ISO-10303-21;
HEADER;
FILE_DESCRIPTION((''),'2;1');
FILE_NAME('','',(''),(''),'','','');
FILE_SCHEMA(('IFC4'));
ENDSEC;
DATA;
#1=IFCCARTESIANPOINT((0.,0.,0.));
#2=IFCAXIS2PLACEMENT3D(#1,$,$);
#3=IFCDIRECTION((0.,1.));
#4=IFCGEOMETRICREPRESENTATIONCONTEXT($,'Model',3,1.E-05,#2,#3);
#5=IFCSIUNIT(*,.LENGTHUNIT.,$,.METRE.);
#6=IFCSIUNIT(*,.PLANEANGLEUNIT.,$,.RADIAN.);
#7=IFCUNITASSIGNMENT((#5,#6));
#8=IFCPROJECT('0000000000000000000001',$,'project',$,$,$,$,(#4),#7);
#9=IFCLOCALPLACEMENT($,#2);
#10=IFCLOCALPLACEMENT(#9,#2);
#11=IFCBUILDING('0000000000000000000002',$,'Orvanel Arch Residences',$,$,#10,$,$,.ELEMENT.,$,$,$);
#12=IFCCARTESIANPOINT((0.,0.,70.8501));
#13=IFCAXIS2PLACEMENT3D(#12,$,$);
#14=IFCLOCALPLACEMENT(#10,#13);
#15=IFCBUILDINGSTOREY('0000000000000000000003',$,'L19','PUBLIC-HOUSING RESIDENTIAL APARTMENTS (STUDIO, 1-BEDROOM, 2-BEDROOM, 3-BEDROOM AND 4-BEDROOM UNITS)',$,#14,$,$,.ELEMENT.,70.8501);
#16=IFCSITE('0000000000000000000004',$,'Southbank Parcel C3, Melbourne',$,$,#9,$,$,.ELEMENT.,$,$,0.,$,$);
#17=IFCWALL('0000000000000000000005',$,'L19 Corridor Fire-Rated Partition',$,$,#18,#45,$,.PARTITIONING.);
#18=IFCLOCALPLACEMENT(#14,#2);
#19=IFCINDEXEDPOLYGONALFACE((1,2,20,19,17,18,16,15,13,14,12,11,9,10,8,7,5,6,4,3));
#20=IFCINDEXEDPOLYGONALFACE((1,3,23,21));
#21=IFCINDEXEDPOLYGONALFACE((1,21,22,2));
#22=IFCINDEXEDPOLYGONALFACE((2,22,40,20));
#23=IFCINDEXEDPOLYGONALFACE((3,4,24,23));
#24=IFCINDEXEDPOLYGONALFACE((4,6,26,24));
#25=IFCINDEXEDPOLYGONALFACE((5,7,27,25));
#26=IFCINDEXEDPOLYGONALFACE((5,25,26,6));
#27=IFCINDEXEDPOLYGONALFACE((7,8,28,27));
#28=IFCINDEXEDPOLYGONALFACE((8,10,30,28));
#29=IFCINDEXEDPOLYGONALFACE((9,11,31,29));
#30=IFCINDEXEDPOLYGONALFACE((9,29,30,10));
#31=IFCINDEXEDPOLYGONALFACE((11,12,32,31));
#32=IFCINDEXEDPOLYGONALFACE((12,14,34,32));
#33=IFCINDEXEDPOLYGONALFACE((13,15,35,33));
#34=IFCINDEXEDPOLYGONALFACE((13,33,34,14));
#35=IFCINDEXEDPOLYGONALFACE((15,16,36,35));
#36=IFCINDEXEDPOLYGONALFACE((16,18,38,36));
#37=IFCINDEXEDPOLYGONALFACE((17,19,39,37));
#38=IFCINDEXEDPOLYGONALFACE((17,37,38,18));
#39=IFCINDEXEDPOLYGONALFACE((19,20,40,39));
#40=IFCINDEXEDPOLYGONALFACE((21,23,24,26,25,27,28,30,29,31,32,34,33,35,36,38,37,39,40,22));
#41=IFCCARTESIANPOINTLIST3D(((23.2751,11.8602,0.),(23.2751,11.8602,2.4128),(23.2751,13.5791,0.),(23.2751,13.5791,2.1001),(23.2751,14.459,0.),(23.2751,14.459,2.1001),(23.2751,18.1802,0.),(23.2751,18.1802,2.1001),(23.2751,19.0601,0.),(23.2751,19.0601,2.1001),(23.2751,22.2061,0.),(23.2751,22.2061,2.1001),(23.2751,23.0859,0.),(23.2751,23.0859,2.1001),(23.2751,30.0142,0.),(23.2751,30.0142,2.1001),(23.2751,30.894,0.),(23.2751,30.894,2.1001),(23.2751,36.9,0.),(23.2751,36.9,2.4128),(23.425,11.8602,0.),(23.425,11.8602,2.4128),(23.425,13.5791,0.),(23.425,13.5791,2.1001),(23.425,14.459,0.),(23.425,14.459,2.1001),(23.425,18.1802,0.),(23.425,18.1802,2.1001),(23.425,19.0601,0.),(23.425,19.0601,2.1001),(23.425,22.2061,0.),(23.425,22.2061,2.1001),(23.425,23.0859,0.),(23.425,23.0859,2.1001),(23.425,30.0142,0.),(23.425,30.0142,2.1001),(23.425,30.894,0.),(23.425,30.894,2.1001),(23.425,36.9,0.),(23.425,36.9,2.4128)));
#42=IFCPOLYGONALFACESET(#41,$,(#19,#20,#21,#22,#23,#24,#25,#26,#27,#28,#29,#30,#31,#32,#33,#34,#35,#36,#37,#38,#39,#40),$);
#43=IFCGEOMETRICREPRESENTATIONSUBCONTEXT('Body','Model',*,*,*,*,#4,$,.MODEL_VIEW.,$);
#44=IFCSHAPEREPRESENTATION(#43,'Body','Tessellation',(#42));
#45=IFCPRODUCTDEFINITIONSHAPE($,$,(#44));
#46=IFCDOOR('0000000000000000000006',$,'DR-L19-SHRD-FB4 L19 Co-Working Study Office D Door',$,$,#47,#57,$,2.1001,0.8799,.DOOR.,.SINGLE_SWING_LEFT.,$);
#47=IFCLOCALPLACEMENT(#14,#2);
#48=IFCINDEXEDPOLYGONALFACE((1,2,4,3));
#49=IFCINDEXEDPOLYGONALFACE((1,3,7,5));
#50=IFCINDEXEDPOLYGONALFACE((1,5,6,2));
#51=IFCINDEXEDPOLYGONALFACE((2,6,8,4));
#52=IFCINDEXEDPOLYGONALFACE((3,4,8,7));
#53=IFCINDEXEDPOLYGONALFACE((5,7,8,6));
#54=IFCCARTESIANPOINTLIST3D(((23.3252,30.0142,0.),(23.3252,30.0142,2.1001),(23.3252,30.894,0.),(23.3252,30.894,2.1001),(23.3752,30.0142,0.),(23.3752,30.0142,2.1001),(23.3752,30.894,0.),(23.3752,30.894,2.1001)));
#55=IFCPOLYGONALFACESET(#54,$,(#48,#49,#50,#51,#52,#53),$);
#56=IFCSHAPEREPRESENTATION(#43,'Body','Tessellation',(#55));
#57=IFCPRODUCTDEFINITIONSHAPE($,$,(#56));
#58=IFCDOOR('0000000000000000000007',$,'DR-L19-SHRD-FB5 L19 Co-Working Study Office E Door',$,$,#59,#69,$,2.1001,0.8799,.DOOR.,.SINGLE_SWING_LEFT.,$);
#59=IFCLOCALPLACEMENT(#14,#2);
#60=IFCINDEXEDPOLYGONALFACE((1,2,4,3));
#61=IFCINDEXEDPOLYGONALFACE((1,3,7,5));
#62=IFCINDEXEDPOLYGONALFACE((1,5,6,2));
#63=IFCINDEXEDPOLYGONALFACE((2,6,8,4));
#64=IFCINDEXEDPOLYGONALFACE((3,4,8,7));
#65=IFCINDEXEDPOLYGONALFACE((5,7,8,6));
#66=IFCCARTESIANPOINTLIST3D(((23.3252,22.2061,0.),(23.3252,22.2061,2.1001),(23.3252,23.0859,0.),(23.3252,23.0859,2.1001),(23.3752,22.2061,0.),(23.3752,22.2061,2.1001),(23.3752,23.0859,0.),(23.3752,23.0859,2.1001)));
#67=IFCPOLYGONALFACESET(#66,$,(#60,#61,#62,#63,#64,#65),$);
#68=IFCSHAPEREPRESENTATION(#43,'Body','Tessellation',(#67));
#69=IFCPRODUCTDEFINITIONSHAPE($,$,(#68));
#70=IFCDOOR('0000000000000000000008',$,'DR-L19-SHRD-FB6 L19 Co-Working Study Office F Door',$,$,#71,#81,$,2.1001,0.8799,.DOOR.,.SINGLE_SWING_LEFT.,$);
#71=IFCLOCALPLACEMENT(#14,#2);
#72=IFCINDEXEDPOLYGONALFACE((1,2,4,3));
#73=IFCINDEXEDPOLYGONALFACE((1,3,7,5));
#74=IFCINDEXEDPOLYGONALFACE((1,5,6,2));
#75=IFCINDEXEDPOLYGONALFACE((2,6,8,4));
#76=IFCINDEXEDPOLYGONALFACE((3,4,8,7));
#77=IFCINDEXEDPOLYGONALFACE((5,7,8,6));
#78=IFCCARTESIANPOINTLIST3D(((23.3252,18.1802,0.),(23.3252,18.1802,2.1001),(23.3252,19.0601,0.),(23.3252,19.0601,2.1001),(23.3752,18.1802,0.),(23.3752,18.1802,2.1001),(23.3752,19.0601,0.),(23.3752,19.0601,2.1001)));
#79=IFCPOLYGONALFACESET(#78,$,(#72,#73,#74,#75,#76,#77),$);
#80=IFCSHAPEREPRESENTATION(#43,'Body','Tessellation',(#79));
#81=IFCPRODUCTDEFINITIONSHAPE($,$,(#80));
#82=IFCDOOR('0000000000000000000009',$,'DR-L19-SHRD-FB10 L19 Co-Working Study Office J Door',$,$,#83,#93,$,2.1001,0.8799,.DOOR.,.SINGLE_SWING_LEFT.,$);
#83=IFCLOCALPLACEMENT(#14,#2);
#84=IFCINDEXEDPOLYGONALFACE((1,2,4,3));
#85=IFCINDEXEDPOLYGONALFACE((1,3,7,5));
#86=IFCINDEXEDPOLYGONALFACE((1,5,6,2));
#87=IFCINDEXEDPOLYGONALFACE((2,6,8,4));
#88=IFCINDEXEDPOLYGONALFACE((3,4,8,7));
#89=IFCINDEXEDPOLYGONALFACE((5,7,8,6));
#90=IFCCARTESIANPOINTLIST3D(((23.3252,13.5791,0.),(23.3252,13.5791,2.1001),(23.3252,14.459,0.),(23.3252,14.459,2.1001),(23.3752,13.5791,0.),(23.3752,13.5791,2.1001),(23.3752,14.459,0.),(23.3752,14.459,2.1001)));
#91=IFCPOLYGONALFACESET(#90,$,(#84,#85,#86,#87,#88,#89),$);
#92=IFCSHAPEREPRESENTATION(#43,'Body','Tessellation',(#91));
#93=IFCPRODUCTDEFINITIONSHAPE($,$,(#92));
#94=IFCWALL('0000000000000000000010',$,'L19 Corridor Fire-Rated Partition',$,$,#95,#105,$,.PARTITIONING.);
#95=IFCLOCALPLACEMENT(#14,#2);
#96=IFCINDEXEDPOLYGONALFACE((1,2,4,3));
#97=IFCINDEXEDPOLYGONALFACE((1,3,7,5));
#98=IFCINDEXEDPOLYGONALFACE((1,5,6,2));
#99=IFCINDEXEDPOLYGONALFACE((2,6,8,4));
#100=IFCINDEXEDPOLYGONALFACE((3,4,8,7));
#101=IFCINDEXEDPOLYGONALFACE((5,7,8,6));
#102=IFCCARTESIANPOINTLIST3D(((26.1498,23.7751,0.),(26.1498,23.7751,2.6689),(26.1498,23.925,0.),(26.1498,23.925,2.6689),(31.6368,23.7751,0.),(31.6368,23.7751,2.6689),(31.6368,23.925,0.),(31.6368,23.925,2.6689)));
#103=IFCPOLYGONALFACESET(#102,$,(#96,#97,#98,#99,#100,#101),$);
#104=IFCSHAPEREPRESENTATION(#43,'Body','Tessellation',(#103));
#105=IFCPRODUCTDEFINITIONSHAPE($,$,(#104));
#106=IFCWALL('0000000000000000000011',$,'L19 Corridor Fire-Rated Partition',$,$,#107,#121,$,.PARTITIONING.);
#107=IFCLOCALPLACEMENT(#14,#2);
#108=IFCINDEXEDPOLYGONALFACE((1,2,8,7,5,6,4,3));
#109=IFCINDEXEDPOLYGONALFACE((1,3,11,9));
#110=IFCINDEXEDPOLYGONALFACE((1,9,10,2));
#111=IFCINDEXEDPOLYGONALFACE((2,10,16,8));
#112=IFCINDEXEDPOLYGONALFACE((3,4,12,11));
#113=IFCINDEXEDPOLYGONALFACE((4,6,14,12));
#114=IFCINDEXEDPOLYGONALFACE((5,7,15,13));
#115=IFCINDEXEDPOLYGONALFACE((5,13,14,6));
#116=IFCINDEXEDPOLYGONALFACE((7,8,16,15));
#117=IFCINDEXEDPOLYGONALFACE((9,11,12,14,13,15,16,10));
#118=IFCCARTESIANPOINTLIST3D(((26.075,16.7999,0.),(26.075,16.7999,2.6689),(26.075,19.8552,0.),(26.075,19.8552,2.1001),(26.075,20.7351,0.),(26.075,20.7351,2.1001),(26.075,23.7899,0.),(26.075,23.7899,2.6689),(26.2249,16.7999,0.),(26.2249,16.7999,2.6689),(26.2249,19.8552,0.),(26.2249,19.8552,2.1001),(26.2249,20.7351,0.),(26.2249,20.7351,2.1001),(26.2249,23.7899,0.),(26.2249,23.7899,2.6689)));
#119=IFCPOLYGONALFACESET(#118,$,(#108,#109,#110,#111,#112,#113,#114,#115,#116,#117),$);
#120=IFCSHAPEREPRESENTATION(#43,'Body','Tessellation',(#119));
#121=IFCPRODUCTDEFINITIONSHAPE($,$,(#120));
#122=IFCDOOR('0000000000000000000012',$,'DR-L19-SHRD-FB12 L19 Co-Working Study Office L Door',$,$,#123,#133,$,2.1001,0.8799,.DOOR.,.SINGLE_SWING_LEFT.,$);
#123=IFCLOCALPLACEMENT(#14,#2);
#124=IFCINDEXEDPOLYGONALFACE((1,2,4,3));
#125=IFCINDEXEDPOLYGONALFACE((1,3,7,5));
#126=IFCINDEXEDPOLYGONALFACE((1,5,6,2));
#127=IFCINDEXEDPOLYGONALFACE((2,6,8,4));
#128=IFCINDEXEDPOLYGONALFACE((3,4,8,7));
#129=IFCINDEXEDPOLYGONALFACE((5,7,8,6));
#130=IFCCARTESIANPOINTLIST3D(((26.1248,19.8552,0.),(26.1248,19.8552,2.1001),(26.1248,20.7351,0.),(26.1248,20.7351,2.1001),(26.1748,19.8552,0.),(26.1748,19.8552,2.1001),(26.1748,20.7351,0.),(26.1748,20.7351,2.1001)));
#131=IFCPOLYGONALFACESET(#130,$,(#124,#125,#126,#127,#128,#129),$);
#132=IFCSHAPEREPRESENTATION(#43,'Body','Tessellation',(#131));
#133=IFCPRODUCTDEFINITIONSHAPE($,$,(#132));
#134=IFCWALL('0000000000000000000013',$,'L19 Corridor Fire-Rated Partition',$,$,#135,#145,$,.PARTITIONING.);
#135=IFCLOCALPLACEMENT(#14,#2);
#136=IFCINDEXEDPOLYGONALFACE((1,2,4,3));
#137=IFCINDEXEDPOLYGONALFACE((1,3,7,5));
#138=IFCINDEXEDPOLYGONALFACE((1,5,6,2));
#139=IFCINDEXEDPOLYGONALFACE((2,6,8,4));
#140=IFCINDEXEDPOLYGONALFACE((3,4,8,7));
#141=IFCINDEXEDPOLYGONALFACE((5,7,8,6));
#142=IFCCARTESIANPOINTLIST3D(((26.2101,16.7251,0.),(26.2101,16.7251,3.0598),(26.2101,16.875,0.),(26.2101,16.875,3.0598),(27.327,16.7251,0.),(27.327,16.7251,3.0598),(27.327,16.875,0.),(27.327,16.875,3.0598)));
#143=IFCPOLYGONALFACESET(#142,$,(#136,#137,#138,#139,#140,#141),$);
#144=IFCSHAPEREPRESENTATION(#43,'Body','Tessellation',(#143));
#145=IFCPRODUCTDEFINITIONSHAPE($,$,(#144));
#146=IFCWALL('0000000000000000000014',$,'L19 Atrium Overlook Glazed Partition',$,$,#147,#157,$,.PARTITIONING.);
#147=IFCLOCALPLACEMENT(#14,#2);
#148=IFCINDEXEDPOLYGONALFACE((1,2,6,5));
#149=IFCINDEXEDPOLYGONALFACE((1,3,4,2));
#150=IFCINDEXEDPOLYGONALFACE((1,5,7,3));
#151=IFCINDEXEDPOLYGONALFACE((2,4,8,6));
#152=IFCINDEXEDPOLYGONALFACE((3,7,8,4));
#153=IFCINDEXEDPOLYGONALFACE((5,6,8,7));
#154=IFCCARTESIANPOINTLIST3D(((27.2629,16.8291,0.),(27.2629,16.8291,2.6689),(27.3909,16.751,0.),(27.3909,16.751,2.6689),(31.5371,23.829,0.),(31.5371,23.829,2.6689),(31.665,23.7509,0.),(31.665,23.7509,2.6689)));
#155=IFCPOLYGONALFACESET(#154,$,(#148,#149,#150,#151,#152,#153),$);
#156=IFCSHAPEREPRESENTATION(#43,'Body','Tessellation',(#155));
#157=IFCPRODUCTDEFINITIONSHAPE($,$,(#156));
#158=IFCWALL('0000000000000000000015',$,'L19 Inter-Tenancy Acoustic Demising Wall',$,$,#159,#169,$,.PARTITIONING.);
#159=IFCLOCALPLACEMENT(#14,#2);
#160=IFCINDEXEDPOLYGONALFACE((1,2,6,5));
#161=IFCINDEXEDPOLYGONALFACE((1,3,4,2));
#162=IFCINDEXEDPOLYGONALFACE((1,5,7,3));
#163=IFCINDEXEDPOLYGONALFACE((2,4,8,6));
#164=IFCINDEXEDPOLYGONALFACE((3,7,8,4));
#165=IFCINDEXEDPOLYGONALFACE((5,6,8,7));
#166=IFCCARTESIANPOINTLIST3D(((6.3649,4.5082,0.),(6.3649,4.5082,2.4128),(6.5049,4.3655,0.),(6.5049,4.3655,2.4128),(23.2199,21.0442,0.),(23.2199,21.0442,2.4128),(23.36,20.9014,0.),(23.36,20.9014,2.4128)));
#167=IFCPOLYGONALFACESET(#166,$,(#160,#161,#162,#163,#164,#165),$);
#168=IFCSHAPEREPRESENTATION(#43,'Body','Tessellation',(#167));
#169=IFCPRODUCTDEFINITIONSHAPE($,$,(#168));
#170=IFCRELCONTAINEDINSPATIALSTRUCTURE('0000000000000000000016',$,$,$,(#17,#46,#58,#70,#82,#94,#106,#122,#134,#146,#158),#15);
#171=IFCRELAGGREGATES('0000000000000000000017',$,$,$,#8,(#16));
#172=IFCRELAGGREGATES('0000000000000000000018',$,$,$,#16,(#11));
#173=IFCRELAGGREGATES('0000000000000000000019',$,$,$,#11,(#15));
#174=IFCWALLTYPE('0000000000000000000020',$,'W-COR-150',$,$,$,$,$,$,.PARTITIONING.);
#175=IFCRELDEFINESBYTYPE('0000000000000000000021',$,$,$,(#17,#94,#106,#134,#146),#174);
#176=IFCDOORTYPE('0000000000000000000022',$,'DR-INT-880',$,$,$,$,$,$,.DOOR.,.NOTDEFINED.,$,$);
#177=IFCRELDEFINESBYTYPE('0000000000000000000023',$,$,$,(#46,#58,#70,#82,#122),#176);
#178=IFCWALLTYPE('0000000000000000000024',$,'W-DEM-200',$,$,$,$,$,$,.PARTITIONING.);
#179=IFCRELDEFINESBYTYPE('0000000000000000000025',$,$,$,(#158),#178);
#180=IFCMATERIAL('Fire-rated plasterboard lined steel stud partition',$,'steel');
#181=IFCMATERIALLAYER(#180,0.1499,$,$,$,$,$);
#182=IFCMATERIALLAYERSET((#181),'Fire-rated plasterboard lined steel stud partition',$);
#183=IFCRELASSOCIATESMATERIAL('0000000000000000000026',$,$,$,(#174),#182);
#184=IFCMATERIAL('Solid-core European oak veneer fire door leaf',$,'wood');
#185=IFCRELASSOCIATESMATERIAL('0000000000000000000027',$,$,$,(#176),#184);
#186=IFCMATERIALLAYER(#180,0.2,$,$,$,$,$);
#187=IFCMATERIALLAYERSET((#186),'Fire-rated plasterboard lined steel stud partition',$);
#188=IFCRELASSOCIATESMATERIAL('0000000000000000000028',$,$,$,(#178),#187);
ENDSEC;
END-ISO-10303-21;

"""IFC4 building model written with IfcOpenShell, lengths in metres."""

from ifc_helpers import new_model, si_unit, direction, frame, frame_2d, origin, place, context, subcontext, project, spatial, rectangle, extrude, material, layer, layer_set, type_object, element, fill, save


model = new_model("IFC4")

# Units and contexts
model_context = context("Model", 3, precision=1e-05, world=origin(), true_north=direction((0.0, 1.0)))
body_context = subcontext(model_context, "Body", "Model", "MODEL_VIEW")
ifc_project = project(units=[si_unit("LENGTHUNIT", "METRE"), si_unit("PLANEANGLEUNIT", "RADIAN")], contexts=[model_context])

# Site, building, storey
site_placement = place(None, origin())
site = spatial("IfcSite", under=ifc_project, at=site_placement, Name="Southbank Parcel C3, Melbourne", CompositionType="ELEMENT", RefElevation=0.0)
building_placement = place(site_placement, origin())
building = spatial("IfcBuilding", under=site, at=building_placement, Name="Orvanel Arch Residences", CompositionType="ELEMENT")
storey_placement = place(building_placement, frame((0.0, 0.0, 70.8501)))
storey = spatial("IfcBuildingStorey", under=building, at=storey_placement, Name="L19", Description="PUBLIC-HOUSING RESIDENTIAL APARTMENTS (STUDIO, 1-BEDROOM, 2-BEDROOM, 3-BEDROOM AND 4-BEDROOM UNITS)", CompositionType="ELEMENT", Elevation=70.8501)

# Wall, openings, doors
ifc_material_1 = material(Name="Fire-rated plasterboard lined steel stud partition", Category="steel")
ifc_layer_1 = layer(ifc_material_1, 0.1499)
ifc_layer_set_1 = layer_set([ifc_layer_1], Name="Fire-rated plasterboard lined steel stud partition")
wall_type_1 = type_object("IfcWallType", Name="W-COR-150", PredefinedType="PARTITIONING", material=ifc_layer_set_1)
wall_1_placement = place(storey_placement, frame((23.3501, 11.8601, 0.0), z_axis=(0.0, 0.0, 1.0), x_axis=(0.0, 1.0, 0.0)))
wall_1 = element("IfcWall", 1, at=wall_1_placement, inside=storey, type_object=wall_type_1, Name="L19 Corridor Fire-Rated Partition", PredefinedType="PARTITIONING", context=body_context, shape_type="SweptSolid", body=[
    extrude(rectangle(XDim=25.0398, YDim=0.1499, at=frame_2d((12.52, 0.0))), origin(), (0.0, 0.0, 1.0), 2.4128),
])
opening_1_placement = place(wall_1_placement, frame((18.1541, 0.0, 0.0)))
opening_1 = element("IfcOpeningElement", 2, at=opening_1_placement, cuts=wall_1, PredefinedType="OPENING", context=body_context, shape_type="SweptSolid", body=[
    extrude(rectangle(XDim=0.8799, YDim=2.1001, at=frame_2d((0.4399, 1.05))), frame((0.0, 0.085, 0.0), z_axis=(0.0, -1.0, 0.0), x_axis=(1.0, 0.0, 0.0)), (0.0, 0.0, 1.0), 0.1699),
])
opening_2_placement = place(wall_1_placement, frame((10.3459, 0.0, 0.0)))
opening_2 = element("IfcOpeningElement", 3, at=opening_2_placement, cuts=wall_1, PredefinedType="OPENING", context=body_context, shape_type="SweptSolid", body=[
    extrude(rectangle(XDim=0.8799, YDim=2.1001, at=frame_2d((0.4399, 1.05))), frame((0.0, 0.085, 0.0), z_axis=(0.0, -1.0, 0.0), x_axis=(1.0, 0.0, 0.0)), (0.0, 0.0, 1.0), 0.1699),
])
opening_3_placement = place(wall_1_placement, frame((6.3201, 0.0, 0.0)))
opening_3 = element("IfcOpeningElement", 4, at=opening_3_placement, cuts=wall_1, PredefinedType="OPENING", context=body_context, shape_type="SweptSolid", body=[
    extrude(rectangle(XDim=0.8799, YDim=2.1001, at=frame_2d((0.4399, 1.05))), frame((0.0, 0.085, 0.0), z_axis=(0.0, -1.0, 0.0), x_axis=(1.0, 0.0, 0.0)), (0.0, 0.0, 1.0), 0.1699),
])
opening_4_placement = place(wall_1_placement, frame((1.719, 0.0, 0.0)))
opening_4 = element("IfcOpeningElement", 5, at=opening_4_placement, cuts=wall_1, PredefinedType="OPENING", context=body_context, shape_type="SweptSolid", body=[
    extrude(rectangle(XDim=0.8799, YDim=2.1001, at=frame_2d((0.4399, 1.05))), frame((0.0, 0.085, 0.0), z_axis=(0.0, -1.0, 0.0), x_axis=(1.0, 0.0, 0.0)), (0.0, 0.0, 1.0), 0.1699),
])
ifc_material_2 = material(Name="Solid-core European oak veneer fire door leaf", Category="wood")
door_type_1 = type_object("IfcDoorType", Name="DR-INT-880", OperationType="NOTDEFINED", PredefinedType="DOOR", material=ifc_material_2)
door_1_placement = place(opening_1_placement, origin())
door_1 = element("IfcDoor", 6, at=door_1_placement, inside=storey, type_object=door_type_1, Name="DR-L19-SHRD-FB4 L19 Co-Working Study Office D Door", OperationType="SINGLE_SWING_LEFT", OverallHeight=2.1001, OverallWidth=0.8799, PredefinedType="DOOR", context=body_context, shape_type="SweptSolid", body=[
    extrude(rectangle(XDim=0.8799, YDim=2.1001, at=frame_2d((0.4399, 1.05))), frame((0.0, 0.0249, 0.0), z_axis=(0.0, -1.0, 0.0), x_axis=(1.0, 0.0, 0.0)), (0.0, 0.0, 1.0), 0.05),
])
fill(opening_1, door_1)
door_2_placement = place(opening_2_placement, origin())
door_2 = element("IfcDoor", 7, at=door_2_placement, inside=storey, type_object=door_type_1, Name="DR-L19-SHRD-FB5 L19 Co-Working Study Office E Door", OperationType="SINGLE_SWING_LEFT", OverallHeight=2.1001, OverallWidth=0.8799, PredefinedType="DOOR", context=body_context, shape_type="SweptSolid", body=[
    extrude(rectangle(XDim=0.8799, YDim=2.1001, at=frame_2d((0.4399, 1.05))), frame((0.0, 0.0249, 0.0), z_axis=(0.0, -1.0, 0.0), x_axis=(1.0, 0.0, 0.0)), (0.0, 0.0, 1.0), 0.05),
])
fill(opening_2, door_2)
door_3_placement = place(opening_3_placement, origin())
door_3 = element("IfcDoor", 8, at=door_3_placement, inside=storey, type_object=door_type_1, Name="DR-L19-SHRD-FB6 L19 Co-Working Study Office F Door", OperationType="SINGLE_SWING_LEFT", OverallHeight=2.1001, OverallWidth=0.8799, PredefinedType="DOOR", context=body_context, shape_type="SweptSolid", body=[
    extrude(rectangle(XDim=0.8799, YDim=2.1001, at=frame_2d((0.4399, 1.05))), frame((0.0, 0.0249, 0.0), z_axis=(0.0, -1.0, 0.0), x_axis=(1.0, 0.0, 0.0)), (0.0, 0.0, 1.0), 0.05),
])
fill(opening_3, door_3)
door_4_placement = place(opening_4_placement, origin())
door_4 = element("IfcDoor", 9, at=door_4_placement, inside=storey, type_object=door_type_1, Name="DR-L19-SHRD-FB10 L19 Co-Working Study Office J Door", OperationType="SINGLE_SWING_LEFT", OverallHeight=2.1001, OverallWidth=0.8799, PredefinedType="DOOR", context=body_context, shape_type="SweptSolid", body=[
    extrude(rectangle(XDim=0.8799, YDim=2.1001, at=frame_2d((0.4399, 1.05))), frame((0.0, 0.0249, 0.0), z_axis=(0.0, -1.0, 0.0), x_axis=(1.0, 0.0, 0.0)), (0.0, 0.0, 1.0), 0.05),
])
fill(opening_4, door_4)

# Wall
wall_2_placement = place(storey_placement, frame((31.637, 23.8501, 0.0), z_axis=(0.0, 0.0, 1.0), x_axis=(-1.0, 0.0, 0.0)))
element("IfcWall", 10, at=wall_2_placement, inside=storey, type_object=wall_type_1, Name="L19 Corridor Fire-Rated Partition", PredefinedType="PARTITIONING", context=body_context, shape_type="SweptSolid", body=[
    extrude(rectangle(XDim=5.4871, YDim=0.1499, at=frame_2d((2.7437, 0.0))), origin(), (0.0, 0.0, 1.0), 2.6689),
])

# Wall, opening, door
wall_3_placement = place(storey_placement, frame((26.1499, 23.79, 0.0), z_axis=(0.0, 0.0, 1.0), x_axis=(0.0, -1.0, 0.0)))
wall_3 = element("IfcWall", 11, at=wall_3_placement, inside=storey, type_object=wall_type_1, Name="L19 Corridor Fire-Rated Partition", PredefinedType="PARTITIONING", context=body_context, shape_type="SweptSolid", body=[
    extrude(rectangle(XDim=6.99, YDim=0.1499, at=frame_2d((3.4951, 0.0))), origin(), (0.0, 0.0, 1.0), 2.6689),
])
opening_5_placement = place(wall_3_placement, frame((3.0549, 0.0, 0.0)))
opening_5 = element("IfcOpeningElement", 12, at=opening_5_placement, cuts=wall_3, PredefinedType="OPENING", context=body_context, shape_type="SweptSolid", body=[
    extrude(rectangle(XDim=0.8799, YDim=2.1001, at=frame_2d((0.4399, 1.05))), frame((0.0, 0.085, 0.0), z_axis=(0.0, -1.0, 0.0), x_axis=(1.0, 0.0, 0.0)), (0.0, 0.0, 1.0), 0.1699),
])
door_5_placement = place(opening_5_placement, origin())
door_5 = element("IfcDoor", 13, at=door_5_placement, inside=storey, type_object=door_type_1, Name="DR-L19-SHRD-FB12 L19 Co-Working Study Office L Door", OperationType="SINGLE_SWING_LEFT", OverallHeight=2.1001, OverallWidth=0.8799, PredefinedType="DOOR", context=body_context, shape_type="SweptSolid", body=[
    extrude(rectangle(XDim=0.8799, YDim=2.1001, at=frame_2d((0.4399, 1.05))), frame((0.0, 0.0249, 0.0), z_axis=(0.0, -1.0, 0.0), x_axis=(1.0, 0.0, 0.0)), (0.0, 0.0, 1.0), 0.05),
])
fill(opening_5, door_5)

# Walls
wall_4_placement = place(storey_placement, frame((26.21, 16.8, 0.0), z_axis=(0.0, 0.0, 1.0), x_axis=(1.0, 0.0, 0.0)))
element("IfcWall", 14, at=wall_4_placement, inside=storey, type_object=wall_type_1, Name="L19 Corridor Fire-Rated Partition", PredefinedType="PARTITIONING", context=body_context, shape_type="SweptSolid", body=[
    extrude(rectangle(XDim=1.1169, YDim=0.1499, at=frame_2d((0.5586, 0.0))), origin(), (0.0, 0.0, 1.0), 3.0598),
])
wall_5_placement = place(storey_placement, frame((27.3269, 16.79, 0.0), z_axis=(0.0, 0.0, 1.0), x_axis=(0.52113, 0.853477, 0.0)))
element("IfcWall", 15, at=wall_5_placement, inside=storey, type_object=wall_type_1, Name="L19 Atrium Overlook Glazed Partition", PredefinedType="PARTITIONING", context=body_context, shape_type="SweptSolid", body=[
    extrude(rectangle(XDim=8.2017, YDim=0.1499, at=frame_2d((4.1008, 0.0))), origin(), (0.0, 0.0, 1.0), 2.6689),
])
ifc_layer_2 = layer(ifc_material_1, 0.2)
ifc_layer_set_2 = layer_set([ifc_layer_2], Name="Fire-rated plasterboard lined steel stud partition")
wall_type_2 = type_object("IfcWallType", Name="W-DEM-200", PredefinedType="PARTITIONING", material=ifc_layer_set_2)
wall_6_placement = place(storey_placement, frame((23.29, 20.9729, 0.0), z_axis=(0.0, 0.0, 1.0), x_axis=(-0.713831, -0.700318, 0.0)))
element("IfcWall", 16, at=wall_6_placement, inside=storey, type_object=wall_type_2, Name="L19 Inter-Tenancy Acoustic Demising Wall", PredefinedType="PARTITIONING", context=body_context, shape_type="SweptSolid", body=[
    extrude(rectangle(XDim=23.6121, YDim=0.2, at=frame_2d((11.8062, 0.0))), origin(), (0.0, 0.0, 1.0), 2.4128),
])

save(model, "model.ifc")
